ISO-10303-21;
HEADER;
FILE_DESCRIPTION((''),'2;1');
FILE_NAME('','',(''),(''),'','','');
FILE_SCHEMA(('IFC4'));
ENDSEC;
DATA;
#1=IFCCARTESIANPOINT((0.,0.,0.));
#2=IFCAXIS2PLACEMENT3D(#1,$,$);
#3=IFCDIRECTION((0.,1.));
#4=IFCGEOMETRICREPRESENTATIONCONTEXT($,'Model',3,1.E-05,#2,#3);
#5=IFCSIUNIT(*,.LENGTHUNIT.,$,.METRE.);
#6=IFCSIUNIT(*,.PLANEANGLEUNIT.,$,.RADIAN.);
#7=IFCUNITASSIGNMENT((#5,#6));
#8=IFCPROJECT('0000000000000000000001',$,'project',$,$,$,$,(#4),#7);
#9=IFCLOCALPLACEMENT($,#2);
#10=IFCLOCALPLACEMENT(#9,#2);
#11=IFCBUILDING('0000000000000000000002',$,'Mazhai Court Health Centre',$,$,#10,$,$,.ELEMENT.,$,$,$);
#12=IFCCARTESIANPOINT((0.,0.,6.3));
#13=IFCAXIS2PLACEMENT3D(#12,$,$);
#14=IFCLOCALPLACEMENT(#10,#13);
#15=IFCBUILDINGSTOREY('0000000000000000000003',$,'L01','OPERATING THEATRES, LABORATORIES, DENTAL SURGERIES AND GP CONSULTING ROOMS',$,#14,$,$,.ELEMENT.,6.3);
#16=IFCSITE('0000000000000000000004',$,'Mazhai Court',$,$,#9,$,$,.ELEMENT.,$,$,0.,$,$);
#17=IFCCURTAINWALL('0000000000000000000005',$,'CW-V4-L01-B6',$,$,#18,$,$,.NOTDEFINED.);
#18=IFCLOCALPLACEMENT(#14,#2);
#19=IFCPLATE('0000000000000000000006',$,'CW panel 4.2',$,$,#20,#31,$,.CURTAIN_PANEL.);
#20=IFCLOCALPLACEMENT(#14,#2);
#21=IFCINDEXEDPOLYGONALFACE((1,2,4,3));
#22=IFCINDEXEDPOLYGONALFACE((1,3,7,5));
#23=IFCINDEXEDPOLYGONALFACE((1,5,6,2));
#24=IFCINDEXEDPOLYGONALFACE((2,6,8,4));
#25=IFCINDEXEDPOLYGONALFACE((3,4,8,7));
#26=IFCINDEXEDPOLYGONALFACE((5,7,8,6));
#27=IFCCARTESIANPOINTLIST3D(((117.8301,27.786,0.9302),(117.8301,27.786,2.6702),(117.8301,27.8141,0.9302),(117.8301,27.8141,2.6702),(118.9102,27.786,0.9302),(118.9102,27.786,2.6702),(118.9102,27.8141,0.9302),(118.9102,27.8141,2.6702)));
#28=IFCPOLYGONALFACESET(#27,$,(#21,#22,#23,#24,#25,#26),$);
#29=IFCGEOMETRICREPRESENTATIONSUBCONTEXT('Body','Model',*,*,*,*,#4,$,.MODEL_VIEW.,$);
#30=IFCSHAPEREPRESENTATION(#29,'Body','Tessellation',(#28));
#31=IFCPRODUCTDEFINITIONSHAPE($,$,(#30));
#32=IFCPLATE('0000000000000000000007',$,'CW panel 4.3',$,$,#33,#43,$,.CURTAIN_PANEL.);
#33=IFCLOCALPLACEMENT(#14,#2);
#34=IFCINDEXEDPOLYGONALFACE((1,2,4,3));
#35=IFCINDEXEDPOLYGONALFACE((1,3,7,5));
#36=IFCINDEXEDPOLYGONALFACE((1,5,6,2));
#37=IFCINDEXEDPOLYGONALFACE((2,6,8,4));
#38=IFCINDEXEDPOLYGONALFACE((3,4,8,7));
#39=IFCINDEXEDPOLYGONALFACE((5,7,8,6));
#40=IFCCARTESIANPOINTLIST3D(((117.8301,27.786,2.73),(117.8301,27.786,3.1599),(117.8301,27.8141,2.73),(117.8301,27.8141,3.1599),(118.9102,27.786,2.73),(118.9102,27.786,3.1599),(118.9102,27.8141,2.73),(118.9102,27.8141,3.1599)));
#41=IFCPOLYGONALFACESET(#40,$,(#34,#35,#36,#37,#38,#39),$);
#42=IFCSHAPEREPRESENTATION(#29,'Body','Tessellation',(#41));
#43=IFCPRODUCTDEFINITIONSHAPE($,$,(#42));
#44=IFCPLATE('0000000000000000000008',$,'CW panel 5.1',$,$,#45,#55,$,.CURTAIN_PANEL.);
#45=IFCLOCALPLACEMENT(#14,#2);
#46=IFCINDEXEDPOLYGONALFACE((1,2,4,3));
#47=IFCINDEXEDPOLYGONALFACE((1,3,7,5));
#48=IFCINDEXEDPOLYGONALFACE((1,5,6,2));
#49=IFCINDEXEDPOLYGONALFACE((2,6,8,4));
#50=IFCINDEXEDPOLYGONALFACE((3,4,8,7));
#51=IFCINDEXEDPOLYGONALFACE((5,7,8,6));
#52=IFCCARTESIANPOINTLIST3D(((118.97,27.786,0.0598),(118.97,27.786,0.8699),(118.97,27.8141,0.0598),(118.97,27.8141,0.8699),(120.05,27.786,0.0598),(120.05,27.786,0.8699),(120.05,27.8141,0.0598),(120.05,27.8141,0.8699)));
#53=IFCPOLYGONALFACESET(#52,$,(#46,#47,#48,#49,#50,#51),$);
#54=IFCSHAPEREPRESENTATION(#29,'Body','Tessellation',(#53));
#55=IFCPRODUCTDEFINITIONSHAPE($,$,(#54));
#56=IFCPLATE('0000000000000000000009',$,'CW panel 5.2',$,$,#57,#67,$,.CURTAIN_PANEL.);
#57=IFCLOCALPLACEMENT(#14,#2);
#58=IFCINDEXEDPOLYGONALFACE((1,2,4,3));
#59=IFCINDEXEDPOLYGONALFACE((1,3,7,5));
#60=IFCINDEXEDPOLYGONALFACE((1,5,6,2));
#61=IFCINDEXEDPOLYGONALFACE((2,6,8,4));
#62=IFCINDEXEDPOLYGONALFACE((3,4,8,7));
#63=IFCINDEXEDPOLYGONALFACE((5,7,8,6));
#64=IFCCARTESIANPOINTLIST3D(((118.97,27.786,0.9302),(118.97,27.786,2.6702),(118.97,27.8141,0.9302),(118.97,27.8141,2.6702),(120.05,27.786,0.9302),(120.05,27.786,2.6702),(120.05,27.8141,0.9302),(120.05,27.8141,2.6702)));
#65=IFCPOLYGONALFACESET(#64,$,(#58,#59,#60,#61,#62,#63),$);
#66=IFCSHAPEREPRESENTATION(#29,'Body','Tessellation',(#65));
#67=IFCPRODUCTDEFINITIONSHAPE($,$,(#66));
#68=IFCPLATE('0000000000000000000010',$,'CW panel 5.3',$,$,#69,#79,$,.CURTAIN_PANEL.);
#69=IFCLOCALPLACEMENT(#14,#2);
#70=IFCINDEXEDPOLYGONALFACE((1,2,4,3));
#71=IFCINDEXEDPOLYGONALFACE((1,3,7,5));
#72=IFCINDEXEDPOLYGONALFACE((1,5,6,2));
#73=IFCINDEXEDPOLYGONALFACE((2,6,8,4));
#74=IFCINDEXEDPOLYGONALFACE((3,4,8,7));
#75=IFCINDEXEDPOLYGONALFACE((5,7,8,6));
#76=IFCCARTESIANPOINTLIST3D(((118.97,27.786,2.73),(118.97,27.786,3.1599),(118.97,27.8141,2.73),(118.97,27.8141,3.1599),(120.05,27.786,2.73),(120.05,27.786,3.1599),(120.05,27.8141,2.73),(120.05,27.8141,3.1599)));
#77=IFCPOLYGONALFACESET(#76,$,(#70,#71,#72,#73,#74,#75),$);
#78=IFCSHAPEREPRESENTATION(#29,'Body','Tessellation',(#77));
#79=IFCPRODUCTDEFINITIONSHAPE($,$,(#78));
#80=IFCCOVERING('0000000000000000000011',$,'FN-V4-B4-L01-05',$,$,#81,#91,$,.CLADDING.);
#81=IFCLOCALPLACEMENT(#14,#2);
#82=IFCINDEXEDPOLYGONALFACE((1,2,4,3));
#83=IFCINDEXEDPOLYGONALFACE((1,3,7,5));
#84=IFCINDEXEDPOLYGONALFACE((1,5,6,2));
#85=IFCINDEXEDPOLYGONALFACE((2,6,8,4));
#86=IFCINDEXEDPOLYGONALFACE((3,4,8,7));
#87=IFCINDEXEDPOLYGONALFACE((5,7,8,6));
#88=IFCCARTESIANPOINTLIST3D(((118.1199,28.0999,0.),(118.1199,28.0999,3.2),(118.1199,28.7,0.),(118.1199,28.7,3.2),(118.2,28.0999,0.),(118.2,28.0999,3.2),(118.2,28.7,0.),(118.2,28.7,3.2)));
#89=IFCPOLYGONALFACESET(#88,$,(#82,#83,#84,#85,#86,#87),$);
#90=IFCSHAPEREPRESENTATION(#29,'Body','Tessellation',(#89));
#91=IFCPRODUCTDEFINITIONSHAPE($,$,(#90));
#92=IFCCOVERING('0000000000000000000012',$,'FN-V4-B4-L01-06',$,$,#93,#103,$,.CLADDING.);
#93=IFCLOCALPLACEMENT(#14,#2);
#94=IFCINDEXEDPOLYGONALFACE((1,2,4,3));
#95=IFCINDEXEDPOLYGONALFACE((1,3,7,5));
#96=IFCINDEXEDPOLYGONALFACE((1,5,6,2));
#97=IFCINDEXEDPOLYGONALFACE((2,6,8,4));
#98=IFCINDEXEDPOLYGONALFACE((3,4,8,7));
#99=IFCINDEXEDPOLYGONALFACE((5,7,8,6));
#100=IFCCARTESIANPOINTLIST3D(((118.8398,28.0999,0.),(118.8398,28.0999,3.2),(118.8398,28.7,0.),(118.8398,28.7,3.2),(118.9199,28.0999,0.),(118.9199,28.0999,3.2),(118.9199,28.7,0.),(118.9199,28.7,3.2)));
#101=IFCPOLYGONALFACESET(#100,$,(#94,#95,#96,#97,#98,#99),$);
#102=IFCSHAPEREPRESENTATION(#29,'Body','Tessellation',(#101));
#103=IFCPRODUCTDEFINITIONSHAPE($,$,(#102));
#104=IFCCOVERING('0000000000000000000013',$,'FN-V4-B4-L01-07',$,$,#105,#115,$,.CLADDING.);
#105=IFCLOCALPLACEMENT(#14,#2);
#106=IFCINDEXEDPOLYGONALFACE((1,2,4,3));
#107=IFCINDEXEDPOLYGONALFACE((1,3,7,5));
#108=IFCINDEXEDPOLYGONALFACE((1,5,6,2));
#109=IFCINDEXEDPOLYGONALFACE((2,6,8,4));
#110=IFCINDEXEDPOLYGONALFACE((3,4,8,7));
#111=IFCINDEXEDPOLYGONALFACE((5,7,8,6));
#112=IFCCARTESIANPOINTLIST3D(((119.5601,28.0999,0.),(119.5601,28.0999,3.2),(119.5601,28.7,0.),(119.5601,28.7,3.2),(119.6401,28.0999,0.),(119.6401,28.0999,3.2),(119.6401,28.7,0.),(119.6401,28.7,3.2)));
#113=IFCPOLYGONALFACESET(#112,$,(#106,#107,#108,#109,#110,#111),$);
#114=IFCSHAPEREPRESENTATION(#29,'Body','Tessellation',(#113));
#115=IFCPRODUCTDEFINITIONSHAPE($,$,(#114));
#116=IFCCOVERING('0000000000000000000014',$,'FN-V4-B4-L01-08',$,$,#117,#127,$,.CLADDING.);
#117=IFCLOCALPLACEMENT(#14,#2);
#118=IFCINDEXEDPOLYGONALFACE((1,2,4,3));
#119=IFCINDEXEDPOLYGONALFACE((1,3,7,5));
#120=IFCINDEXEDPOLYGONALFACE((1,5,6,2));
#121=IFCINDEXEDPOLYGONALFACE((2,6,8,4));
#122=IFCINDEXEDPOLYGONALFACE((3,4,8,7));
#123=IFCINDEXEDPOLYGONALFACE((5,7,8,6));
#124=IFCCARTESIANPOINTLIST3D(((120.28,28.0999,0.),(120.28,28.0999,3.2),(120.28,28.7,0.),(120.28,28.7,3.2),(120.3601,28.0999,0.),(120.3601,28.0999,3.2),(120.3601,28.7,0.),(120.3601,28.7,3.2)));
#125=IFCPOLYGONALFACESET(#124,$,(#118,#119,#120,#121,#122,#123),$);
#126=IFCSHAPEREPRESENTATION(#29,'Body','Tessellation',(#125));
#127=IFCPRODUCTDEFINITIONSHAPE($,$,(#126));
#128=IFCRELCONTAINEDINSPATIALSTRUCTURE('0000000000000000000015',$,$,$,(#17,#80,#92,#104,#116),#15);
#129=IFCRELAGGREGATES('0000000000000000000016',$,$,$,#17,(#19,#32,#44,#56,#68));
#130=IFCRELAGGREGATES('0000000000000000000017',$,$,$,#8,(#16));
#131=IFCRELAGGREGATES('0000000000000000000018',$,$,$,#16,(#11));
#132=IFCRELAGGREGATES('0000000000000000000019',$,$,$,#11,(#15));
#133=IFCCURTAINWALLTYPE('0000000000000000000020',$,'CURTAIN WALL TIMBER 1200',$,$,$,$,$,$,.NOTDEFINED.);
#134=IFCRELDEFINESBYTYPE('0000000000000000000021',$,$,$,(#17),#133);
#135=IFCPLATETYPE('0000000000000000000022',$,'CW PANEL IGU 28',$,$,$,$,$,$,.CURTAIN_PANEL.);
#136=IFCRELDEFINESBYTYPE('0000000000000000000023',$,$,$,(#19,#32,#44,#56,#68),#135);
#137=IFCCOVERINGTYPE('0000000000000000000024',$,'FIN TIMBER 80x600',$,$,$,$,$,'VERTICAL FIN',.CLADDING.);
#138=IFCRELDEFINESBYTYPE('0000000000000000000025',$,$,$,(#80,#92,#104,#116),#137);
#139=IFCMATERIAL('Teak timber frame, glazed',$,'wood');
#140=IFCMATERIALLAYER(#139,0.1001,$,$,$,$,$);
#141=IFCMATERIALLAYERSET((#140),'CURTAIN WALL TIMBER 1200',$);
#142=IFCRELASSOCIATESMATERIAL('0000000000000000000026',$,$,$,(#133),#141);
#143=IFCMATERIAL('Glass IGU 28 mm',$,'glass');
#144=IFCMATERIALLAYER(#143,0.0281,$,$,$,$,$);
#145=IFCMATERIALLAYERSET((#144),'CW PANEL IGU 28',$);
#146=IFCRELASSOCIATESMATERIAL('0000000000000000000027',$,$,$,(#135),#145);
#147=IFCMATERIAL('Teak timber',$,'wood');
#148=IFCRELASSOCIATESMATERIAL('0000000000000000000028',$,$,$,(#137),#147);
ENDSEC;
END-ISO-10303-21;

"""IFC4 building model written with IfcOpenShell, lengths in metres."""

from ifc_helpers import new_model, si_unit, direction, frame, origin, origin_2d, place, context, subcontext, project, spatial, rectangle, extrude, material, layer, layer_set, type_object, element, aggregate, save


model = new_model("IFC4")

# Units and contexts
model_context = context("Model", 3, precision=1e-05, world=origin(), true_north=direction((0.0, 1.0)))
body_context = subcontext(model_context, "Body", "Model", "MODEL_VIEW")
ifc_project = project(units=[si_unit("LENGTHUNIT", "METRE"), si_unit("PLANEANGLEUNIT", "RADIAN")], contexts=[model_context])

# Site, building, storey
site_placement = place(None, origin())
site = spatial("IfcSite", under=ifc_project, at=site_placement, Name="Mazhai Court", CompositionType="ELEMENT", RefElevation=0.0)
building_placement = place(site_placement, origin())
building = spatial("IfcBuilding", under=site, at=building_placement, Name="Mazhai Court Health Centre", CompositionType="ELEMENT")
storey_placement = place(building_placement, frame((0.0, 0.0, 6.3)))
storey = spatial("IfcBuildingStorey", under=building, at=storey_placement, Name="L01", Description="OPERATING THEATRES, LABORATORIES, DENTAL SURGERIES AND GP CONSULTING ROOMS", CompositionType="ELEMENT", Elevation=6.3)

# Curtain wall, plates
ifc_material_1 = material(Name="Teak timber frame, glazed", Category="wood")
ifc_layer_1 = layer(ifc_material_1, 0.1001)
ifc_layer_set_1 = layer_set([ifc_layer_1], Name="CURTAIN WALL TIMBER 1200")
curtain_wall_type = type_object("IfcCurtainWallType", Name="CURTAIN WALL TIMBER 1200", PredefinedType="NOTDEFINED", material=ifc_layer_set_1)
curtain_wall_placement = place(storey_placement, origin())
curtain_wall = element("IfcCurtainWall", 1, at=curtain_wall_placement, inside=storey, type_object=curtain_wall_type, Name="CW-V4-L01-B6", PredefinedType="NOTDEFINED")
ifc_material_2 = material(Name="Glass IGU 28 mm", Category="glass")
ifc_layer_2 = layer(ifc_material_2, 0.0281)
ifc_layer_set_2 = layer_set([ifc_layer_2], Name="CW PANEL IGU 28")
plate_type = type_object("IfcPlateType", Name="CW PANEL IGU 28", PredefinedType="CURTAIN_PANEL", material=ifc_layer_set_2)
plate_1_placement = place(storey_placement, frame((118.3701, 27.8, 0.9302), z_axis=(0.0, 0.0, 1.0), x_axis=(1.0, 0.0, 0.0)))
plate_1 = element("IfcPlate", 2, at=plate_1_placement, type_object=plate_type, Name="CW panel 4.2", PredefinedType="CURTAIN_PANEL", context=body_context, shape_type="SweptSolid", body=[
    extrude(rectangle(XDim=1.0801, YDim=0.0281, at=origin_2d()), origin(), (0.0, 0.0, 1.0), 1.74),
])
plate_2_placement = place(storey_placement, frame((118.3701, 27.8, 2.73), z_axis=(0.0, 0.0, 1.0), x_axis=(1.0, 0.0, 0.0)))
plate_2 = element("IfcPlate", 3, at=plate_2_placement, type_object=plate_type, Name="CW panel 4.3", PredefinedType="CURTAIN_PANEL", context=body_context, shape_type="SweptSolid", body=[
    extrude(rectangle(XDim=1.0801, YDim=0.0281, at=origin_2d()), origin(), (0.0, 0.0, 1.0), 0.4299),
])
plate_3_placement = place(storey_placement, frame((119.51, 27.8, 0.0598), z_axis=(0.0, 0.0, 1.0), x_axis=(1.0, 0.0, 0.0)))
plate_3 = element("IfcPlate", 4, at=plate_3_placement, type_object=plate_type, Name="CW panel 5.1", PredefinedType="CURTAIN_PANEL", context=body_context, shape_type="SweptSolid", body=[
    extrude(rectangle(XDim=1.0801, YDim=0.0281, at=origin_2d()), origin(), (0.0, 0.0, 1.0), 0.8101),
])
plate_4_placement = place(storey_placement, frame((119.51, 27.8, 0.9302), z_axis=(0.0, 0.0, 1.0), x_axis=(1.0, 0.0, 0.0)))
plate_4 = element("IfcPlate", 5, at=plate_4_placement, type_object=plate_type, Name="CW panel 5.2", PredefinedType="CURTAIN_PANEL", context=body_context, shape_type="SweptSolid", body=[
    extrude(rectangle(XDim=1.0801, YDim=0.0281, at=origin_2d()), origin(), (0.0, 0.0, 1.0), 1.74),
])
plate_5_placement = place(storey_placement, frame((119.51, 27.8, 2.73), z_axis=(0.0, 0.0, 1.0), x_axis=(1.0, 0.0, 0.0)))
plate_5 = element("IfcPlate", 6, at=plate_5_placement, type_object=plate_type, Name="CW panel 5.3", PredefinedType="CURTAIN_PANEL", context=body_context, shape_type="SweptSolid", body=[
    extrude(rectangle(XDim=1.0801, YDim=0.0281, at=origin_2d()), origin(), (0.0, 0.0, 1.0), 0.4299),
])
aggregate(curtain_wall, [plate_1, plate_2, plate_3, plate_4, plate_5])

# Coverings
ifc_material_3 = material(Name="Teak timber", Category="wood")
covering_type = type_object("IfcCoveringType", Name="FIN TIMBER 80x600", ElementType="VERTICAL FIN", PredefinedType="CLADDING", material=ifc_material_3)
for number, where, z_axis, x_axis, name in (
    (7, (118.1599, 28.3999, 0.0), (0.0, 0.0, 1.0), (1.0, 0.0, 0.0), "FN-V4-B4-L01-05"),
    (8, (118.8799, 28.3999, 0.0), (0.0, 0.0, 1.0), (1.0, 0.0, 0.0), "FN-V4-B4-L01-06"),
    (9, (119.6001, 28.3999, 0.0), (0.0, 0.0, 1.0), (1.0, 0.0, 0.0), "FN-V4-B4-L01-07"),
    (10, (120.3201, 28.3999, 0.0), (0.0, 0.0, 1.0), (1.0, 0.0, 0.0), "FN-V4-B4-L01-08"),
):
    element("IfcCovering", number, at=place(storey_placement, frame(where, z_axis=z_axis, x_axis=x_axis)), inside=storey, type_object=covering_type, Name=name, PredefinedType="CLADDING", context=body_context, shape_type="SweptSolid", body=[
        extrude(rectangle(XDim=0.0801, YDim=0.6001, at=origin_2d()), origin(), (0.0, 0.0, 1.0), 3.2),
    ])

save(model, "model.ifc")
